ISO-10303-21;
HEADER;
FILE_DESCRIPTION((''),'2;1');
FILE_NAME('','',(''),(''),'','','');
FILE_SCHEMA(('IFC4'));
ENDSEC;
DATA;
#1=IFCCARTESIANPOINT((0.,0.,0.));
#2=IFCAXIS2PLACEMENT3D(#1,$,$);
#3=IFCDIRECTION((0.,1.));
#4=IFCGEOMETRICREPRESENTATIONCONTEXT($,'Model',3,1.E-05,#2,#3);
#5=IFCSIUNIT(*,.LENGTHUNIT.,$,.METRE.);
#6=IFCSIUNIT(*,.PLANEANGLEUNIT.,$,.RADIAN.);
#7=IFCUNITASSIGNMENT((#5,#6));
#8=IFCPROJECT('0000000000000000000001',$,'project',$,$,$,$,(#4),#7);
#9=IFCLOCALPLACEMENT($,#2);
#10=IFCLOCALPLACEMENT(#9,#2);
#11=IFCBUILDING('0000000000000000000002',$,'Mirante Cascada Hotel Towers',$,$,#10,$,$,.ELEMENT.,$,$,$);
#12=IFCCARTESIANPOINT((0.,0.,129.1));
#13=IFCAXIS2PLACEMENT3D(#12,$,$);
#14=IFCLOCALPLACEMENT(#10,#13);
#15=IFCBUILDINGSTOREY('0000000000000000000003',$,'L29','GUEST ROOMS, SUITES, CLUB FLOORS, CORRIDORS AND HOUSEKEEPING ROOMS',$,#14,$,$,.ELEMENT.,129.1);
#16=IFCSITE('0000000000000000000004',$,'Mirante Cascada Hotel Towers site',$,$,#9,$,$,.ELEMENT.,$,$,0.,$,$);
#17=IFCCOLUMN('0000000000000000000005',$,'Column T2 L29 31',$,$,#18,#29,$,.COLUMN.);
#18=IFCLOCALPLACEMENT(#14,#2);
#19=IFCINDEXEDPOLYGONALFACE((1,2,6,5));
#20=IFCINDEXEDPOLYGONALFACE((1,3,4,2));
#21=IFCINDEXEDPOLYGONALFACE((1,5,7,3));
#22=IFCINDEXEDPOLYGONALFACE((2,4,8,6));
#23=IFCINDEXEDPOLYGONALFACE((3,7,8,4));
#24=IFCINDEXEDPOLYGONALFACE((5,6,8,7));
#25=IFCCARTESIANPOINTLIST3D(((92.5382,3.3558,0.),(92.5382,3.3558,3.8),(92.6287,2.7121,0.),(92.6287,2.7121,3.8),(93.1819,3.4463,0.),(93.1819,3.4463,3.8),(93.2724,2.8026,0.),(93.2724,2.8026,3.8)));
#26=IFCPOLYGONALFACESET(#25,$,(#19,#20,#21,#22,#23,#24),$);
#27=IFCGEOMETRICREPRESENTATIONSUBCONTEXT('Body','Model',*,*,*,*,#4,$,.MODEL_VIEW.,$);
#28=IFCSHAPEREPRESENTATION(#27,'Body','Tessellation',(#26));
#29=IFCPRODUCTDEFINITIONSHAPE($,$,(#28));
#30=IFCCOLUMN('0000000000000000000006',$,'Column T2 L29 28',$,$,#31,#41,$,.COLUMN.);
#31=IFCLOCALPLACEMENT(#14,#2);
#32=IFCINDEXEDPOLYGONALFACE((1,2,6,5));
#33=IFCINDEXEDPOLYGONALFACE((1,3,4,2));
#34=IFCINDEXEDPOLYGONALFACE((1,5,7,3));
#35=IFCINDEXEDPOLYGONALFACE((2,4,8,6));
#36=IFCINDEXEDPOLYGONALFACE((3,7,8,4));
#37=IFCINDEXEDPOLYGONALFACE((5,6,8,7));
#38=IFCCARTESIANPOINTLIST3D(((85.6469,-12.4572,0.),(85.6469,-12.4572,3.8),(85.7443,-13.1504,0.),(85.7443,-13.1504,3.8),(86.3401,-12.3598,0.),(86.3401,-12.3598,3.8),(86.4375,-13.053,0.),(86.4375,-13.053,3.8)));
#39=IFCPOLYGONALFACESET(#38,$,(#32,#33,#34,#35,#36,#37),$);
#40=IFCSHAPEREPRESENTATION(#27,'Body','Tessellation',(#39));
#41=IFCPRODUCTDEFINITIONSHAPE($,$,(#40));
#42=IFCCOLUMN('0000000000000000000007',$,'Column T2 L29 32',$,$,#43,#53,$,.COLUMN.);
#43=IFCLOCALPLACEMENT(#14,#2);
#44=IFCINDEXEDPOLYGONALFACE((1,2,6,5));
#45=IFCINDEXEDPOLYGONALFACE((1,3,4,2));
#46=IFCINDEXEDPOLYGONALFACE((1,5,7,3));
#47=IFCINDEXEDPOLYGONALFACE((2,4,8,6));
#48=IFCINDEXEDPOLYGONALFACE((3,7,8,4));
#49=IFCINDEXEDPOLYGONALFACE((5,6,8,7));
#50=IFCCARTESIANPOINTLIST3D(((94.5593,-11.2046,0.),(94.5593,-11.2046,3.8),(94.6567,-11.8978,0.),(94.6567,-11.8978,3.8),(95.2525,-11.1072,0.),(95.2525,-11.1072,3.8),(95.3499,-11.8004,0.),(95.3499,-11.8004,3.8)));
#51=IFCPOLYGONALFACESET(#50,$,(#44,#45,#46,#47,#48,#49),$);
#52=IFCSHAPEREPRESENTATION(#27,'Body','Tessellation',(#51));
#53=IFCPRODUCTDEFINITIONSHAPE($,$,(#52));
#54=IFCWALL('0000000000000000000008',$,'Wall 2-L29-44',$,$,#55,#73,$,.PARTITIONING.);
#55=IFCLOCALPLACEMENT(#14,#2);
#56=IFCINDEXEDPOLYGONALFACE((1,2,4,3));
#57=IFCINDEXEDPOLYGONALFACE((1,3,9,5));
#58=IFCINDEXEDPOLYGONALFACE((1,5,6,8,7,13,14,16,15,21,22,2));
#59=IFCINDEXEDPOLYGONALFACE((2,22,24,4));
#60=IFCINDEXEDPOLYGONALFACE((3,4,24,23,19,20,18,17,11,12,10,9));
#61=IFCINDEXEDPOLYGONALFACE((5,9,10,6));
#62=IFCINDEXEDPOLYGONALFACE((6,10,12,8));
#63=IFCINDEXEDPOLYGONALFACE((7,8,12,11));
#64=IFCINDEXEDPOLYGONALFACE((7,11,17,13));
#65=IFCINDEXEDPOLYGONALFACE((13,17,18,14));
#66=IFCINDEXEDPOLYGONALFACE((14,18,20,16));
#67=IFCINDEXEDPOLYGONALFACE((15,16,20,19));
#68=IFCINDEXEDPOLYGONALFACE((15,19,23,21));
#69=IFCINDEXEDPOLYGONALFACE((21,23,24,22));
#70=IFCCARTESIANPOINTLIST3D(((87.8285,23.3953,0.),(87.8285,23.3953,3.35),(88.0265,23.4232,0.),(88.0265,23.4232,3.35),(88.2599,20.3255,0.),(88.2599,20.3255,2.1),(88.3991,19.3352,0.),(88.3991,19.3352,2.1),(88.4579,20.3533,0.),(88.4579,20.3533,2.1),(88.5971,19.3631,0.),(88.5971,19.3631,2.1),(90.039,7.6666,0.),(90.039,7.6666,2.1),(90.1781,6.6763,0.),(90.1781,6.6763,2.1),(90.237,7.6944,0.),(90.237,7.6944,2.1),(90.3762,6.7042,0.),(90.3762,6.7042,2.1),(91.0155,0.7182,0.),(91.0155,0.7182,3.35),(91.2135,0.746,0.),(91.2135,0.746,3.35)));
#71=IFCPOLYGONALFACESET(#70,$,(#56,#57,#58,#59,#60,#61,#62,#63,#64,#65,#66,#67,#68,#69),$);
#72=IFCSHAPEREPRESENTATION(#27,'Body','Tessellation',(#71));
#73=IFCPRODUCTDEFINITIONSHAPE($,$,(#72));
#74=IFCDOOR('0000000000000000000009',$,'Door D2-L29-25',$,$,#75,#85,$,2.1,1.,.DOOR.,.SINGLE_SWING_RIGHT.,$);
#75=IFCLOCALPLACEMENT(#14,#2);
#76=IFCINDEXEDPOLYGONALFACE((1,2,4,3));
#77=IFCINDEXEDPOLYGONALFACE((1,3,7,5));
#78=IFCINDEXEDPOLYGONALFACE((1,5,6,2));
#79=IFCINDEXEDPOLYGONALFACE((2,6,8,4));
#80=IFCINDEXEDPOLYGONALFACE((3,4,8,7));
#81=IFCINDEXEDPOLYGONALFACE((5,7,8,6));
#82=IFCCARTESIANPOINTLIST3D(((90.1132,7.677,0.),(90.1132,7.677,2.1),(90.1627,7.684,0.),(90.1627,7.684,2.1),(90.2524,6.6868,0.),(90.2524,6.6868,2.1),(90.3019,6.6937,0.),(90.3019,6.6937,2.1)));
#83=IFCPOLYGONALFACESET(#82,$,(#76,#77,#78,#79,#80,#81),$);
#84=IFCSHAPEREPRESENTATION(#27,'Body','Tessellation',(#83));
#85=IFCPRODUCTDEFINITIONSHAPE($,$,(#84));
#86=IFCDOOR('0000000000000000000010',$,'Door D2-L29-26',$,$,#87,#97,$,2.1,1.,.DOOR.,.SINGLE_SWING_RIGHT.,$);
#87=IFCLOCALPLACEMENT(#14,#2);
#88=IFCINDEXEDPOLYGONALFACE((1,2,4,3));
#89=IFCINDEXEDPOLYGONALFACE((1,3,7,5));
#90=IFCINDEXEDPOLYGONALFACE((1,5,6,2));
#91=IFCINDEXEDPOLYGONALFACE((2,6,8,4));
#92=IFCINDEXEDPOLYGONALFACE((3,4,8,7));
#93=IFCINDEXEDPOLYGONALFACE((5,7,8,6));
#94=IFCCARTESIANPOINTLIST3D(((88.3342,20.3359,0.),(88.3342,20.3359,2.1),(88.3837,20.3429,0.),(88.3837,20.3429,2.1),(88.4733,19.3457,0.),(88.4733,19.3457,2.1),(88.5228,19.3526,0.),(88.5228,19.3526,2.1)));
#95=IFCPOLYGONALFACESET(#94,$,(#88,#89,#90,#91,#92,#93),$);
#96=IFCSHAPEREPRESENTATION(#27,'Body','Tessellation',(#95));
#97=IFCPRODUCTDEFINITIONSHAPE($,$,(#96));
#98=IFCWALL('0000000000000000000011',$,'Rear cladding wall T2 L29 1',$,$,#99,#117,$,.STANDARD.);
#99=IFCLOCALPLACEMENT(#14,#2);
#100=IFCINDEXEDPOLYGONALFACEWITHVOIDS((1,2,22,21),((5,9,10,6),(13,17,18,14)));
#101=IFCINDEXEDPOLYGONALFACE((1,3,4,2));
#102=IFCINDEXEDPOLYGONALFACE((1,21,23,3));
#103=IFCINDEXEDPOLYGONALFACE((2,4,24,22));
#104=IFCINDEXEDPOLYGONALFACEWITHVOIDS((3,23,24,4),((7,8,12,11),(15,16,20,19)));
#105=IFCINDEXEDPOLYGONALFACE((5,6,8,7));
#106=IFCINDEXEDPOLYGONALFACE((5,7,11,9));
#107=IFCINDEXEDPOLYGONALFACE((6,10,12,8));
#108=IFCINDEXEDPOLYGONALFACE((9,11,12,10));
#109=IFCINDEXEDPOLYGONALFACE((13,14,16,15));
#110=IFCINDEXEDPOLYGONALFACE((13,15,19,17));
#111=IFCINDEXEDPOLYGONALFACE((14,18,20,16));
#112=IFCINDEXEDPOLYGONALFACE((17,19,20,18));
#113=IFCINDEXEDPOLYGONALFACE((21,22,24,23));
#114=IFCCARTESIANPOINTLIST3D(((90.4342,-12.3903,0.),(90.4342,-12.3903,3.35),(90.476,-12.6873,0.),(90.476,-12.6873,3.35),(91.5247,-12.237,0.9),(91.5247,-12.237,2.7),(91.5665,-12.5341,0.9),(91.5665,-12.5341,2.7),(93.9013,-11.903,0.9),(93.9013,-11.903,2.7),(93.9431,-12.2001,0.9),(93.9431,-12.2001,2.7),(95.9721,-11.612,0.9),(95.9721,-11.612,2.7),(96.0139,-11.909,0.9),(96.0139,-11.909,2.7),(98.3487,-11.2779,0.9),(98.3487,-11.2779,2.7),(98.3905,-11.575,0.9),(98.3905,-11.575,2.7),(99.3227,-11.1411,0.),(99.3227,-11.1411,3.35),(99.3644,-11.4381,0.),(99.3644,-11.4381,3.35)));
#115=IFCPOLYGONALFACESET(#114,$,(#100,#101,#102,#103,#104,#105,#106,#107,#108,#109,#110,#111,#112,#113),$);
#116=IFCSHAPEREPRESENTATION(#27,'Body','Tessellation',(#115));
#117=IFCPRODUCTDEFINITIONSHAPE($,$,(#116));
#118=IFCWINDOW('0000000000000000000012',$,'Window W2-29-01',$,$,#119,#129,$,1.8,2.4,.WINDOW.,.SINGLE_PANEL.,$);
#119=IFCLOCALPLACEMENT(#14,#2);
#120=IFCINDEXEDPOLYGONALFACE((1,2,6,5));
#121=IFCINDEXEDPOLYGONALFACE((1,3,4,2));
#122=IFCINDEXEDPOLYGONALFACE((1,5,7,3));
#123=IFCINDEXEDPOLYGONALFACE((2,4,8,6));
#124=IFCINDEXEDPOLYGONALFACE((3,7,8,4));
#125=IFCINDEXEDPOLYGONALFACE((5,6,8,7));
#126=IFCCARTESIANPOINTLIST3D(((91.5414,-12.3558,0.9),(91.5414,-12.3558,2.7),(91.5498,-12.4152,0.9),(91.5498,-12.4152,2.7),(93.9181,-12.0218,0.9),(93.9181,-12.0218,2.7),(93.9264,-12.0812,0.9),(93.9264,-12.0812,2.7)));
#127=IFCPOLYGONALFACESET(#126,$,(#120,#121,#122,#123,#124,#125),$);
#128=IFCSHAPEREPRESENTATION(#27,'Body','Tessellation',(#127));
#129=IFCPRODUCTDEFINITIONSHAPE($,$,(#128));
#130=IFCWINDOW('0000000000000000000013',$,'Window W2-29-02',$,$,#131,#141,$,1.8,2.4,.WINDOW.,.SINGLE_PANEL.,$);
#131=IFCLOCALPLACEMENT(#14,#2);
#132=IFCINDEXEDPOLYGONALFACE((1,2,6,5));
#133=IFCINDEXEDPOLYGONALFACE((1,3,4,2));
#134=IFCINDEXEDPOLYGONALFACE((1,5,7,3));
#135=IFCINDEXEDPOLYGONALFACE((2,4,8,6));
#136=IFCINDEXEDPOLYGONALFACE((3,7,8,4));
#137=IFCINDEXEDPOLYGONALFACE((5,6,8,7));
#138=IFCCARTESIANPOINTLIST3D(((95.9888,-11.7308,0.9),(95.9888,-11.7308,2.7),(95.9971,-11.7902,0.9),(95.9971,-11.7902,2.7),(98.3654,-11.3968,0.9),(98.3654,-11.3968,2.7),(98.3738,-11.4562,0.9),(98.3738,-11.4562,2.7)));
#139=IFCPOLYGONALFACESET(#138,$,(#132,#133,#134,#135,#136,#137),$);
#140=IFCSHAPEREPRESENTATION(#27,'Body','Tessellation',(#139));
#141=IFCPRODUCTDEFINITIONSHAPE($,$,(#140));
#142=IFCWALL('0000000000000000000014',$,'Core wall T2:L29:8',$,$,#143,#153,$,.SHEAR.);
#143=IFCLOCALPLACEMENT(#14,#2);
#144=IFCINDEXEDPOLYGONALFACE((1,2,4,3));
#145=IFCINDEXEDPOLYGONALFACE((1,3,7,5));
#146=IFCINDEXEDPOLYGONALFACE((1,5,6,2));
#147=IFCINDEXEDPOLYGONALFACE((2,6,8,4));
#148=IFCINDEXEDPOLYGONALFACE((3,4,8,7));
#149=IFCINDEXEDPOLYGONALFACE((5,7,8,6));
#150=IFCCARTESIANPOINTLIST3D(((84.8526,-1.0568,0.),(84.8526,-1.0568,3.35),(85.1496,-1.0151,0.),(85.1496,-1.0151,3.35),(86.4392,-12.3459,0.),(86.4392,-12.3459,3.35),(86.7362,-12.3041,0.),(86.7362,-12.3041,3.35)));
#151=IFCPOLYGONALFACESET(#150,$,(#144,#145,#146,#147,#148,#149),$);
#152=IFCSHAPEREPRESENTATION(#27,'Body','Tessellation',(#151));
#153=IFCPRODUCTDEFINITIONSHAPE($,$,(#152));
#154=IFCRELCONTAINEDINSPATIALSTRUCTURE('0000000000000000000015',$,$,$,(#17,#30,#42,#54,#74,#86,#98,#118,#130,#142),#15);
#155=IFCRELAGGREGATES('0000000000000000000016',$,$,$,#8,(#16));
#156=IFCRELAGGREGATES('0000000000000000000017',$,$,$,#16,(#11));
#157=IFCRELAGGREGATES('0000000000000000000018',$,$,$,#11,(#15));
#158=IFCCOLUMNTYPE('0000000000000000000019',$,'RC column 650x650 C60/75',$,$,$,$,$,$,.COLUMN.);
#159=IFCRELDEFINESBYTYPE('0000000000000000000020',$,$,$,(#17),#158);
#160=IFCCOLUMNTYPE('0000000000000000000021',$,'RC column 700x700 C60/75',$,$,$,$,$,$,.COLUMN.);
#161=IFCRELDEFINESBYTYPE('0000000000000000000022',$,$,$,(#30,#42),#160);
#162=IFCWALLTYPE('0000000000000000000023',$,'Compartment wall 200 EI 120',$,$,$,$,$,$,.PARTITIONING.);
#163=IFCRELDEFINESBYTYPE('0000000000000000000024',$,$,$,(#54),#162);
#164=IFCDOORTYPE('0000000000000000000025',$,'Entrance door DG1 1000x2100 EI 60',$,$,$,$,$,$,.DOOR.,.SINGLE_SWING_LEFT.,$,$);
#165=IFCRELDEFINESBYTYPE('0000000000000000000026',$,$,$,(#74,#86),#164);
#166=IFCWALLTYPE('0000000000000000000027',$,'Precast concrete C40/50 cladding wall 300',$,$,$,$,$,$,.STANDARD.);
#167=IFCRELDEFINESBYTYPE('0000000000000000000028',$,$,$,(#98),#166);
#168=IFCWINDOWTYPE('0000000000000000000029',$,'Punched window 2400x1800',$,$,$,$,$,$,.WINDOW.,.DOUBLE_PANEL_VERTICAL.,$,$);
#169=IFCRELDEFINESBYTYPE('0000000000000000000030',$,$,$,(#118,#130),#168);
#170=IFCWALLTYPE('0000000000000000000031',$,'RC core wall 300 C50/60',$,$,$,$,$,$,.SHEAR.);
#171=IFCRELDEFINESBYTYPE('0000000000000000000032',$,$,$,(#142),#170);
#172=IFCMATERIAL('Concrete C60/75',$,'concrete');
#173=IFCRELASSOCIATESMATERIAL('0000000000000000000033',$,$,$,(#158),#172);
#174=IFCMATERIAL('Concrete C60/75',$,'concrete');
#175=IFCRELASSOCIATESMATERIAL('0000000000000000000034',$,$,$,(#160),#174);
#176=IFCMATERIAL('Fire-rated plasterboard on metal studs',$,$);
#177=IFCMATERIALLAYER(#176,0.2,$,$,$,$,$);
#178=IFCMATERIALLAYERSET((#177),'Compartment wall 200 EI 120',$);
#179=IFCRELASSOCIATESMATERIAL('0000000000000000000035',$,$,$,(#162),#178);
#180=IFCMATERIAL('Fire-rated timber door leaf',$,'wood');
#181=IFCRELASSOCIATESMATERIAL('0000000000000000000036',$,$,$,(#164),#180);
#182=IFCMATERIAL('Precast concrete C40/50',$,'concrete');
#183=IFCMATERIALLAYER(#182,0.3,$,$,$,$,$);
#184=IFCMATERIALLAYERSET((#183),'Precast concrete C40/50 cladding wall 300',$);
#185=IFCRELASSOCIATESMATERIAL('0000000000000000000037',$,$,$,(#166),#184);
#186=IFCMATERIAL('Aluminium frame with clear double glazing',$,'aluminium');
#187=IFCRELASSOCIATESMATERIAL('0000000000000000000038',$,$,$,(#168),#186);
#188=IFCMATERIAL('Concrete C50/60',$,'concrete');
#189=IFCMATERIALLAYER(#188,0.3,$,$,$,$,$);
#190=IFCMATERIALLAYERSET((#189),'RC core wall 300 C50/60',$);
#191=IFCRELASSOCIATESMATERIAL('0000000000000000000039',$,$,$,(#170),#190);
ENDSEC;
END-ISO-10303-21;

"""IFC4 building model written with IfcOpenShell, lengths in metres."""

from ifc_helpers import new_model, si_unit, direction, frame, frame_2d, origin, origin_2d, place, context, subcontext, project, spatial, rectangle, extrude, material, layer, layer_set, material_profile, profile_set, type_object, element, fill, save


model = new_model("IFC4")

# Units and contexts
model_context = context("Model", 3, precision=1e-05, world=origin(), true_north=direction((0.0, 1.0)))
body_context = subcontext(model_context, "Body", "Model", "MODEL_VIEW")
ifc_project = project(units=[si_unit("LENGTHUNIT", "METRE"), si_unit("PLANEANGLEUNIT", "RADIAN")], contexts=[model_context])

# Site, building, storey
site_placement = place(None, origin())
site = spatial("IfcSite", under=ifc_project, at=site_placement, Name="Mirante Cascada Hotel Towers site", CompositionType="ELEMENT", RefElevation=0.0)
building_placement = place(site_placement, origin())
building = spatial("IfcBuilding", under=site, at=building_placement, Name="Mirante Cascada Hotel Towers", CompositionType="ELEMENT")
storey_placement = place(building_placement, frame((0.0, 0.0, 129.1)))
storey = spatial("IfcBuildingStorey", under=building, at=storey_placement, Name="L29", Description="GUEST ROOMS, SUITES, CLUB FLOORS, CORRIDORS AND HOUSEKEEPING ROOMS", CompositionType="ELEMENT", Elevation=129.1)

# Columns
ifc_material_1 = material(Name="Concrete C60/75", Category="concrete")
ifc_material_profile_1 = material_profile(ifc_material_1, rectangle(XDim=0.65, YDim=0.65, at=origin_2d()), Name="RC column 650x650 C60/75")
ifc_profile_set_1 = profile_set([ifc_material_profile_1], Name="Concrete C60/75")
column_type_1 = type_object("IfcColumnType", Name="RC column 650x650 C60/75", PredefinedType="COLUMN", material=ifc_profile_set_1)
column_placement = place(storey_placement, frame((92.9053, 3.0792, 0.0), z_axis=(0.0, 0.0, 1.0), x_axis=(0.990268, 0.139173, 0.0)))
element("IfcColumn", 1, at=column_placement, inside=storey, type_object=column_type_1, Name="Column T2 L29 31", PredefinedType="COLUMN", context=body_context, shape_type="SweptSolid", body=[
    extrude(rectangle(XDim=0.65, YDim=0.65, at=origin_2d()), origin(), (0.0, 0.0, 1.0), 3.8),
])
ifc_material_2 = material(Name="Concrete C60/75", Category="concrete")
ifc_material_profile_2 = material_profile(ifc_material_2, rectangle(XDim=0.7, YDim=0.7, at=origin_2d()), Name="RC column 700x700 C60/75")
ifc_profile_set_2 = profile_set([ifc_material_profile_2], Name="Concrete C60/75")
column_type_2 = type_object("IfcColumnType", Name="RC column 700x700 C60/75", PredefinedType="COLUMN", material=ifc_profile_set_2)
for number, where, z_axis, x_axis, name in (
    (2, (86.0422, -12.7551, 0.0), (0.0, 0.0, 1.0), (0.990268, 0.139173, 0.0), "Column T2 L29 28"),
    (3, (94.9546, -11.5025, 0.0), (0.0, 0.0, 1.0), (0.990268, 0.139173, 0.0), "Column T2 L29 32"),
):
    element("IfcColumn", number, at=place(storey_placement, frame(where, z_axis=z_axis, x_axis=x_axis)), inside=storey, type_object=column_type_2, Name=name, PredefinedType="COLUMN", context=body_context, shape_type="SweptSolid", body=[
        extrude(rectangle(XDim=0.7, YDim=0.7, at=origin_2d()), origin(), (0.0, 0.0, 1.0), 3.8),
    ])

# Wall, openings, doors
ifc_material_3 = material(Name="Fire-rated plasterboard on metal studs")
ifc_layer_1 = layer(ifc_material_3, 0.2)
ifc_layer_set_1 = layer_set([ifc_layer_1], Name="Compartment wall 200 EI 120")
wall_type_1 = type_object("IfcWallType", Name="Compartment wall 200 EI 120", PredefinedType="PARTITIONING", material=ifc_layer_set_1)
wall_1_placement = place(storey_placement, frame((91.1145, 0.7321, 0.0), z_axis=(0.0, 0.0, 1.0), x_axis=(-0.139171, 0.990268, 0.0)))
wall_1 = element("IfcWall", 4, at=wall_1_placement, inside=storey, type_object=wall_type_1, Name="Wall 2-L29-44", PredefinedType="PARTITIONING", context=body_context, shape_type="SweptSolid", body=[
    extrude(rectangle(XDim=22.9, YDim=0.2, at=frame_2d((11.45, 0.0))), origin(), (0.0, 0.0, 1.0), 3.35),
])
opening_1_placement = place(wall_1_placement, frame((6.0167, 0.0, 0.0)))
opening_1 = element("IfcOpeningElement", 5, at=opening_1_placement, cuts=wall_1, PredefinedType="OPENING", context=body_context, shape_type="SweptSolid", body=[
    extrude(rectangle(XDim=1.0, YDim=2.1, at=frame_2d((0.5, 1.05))), frame((0.0, 0.1, 0.0), z_axis=(0.0, -1.0, 0.0), x_axis=(1.0, 0.0, 0.0)), (0.0, 0.0, 1.0), 0.2),
])
opening_2_placement = place(wall_1_placement, frame((18.8, 0.0, 0.0)))
opening_2 = element("IfcOpeningElement", 6, at=opening_2_placement, cuts=wall_1, PredefinedType="OPENING", context=body_context, shape_type="SweptSolid", body=[
    extrude(rectangle(XDim=1.0, YDim=2.1, at=frame_2d((0.5, 1.05))), frame((0.0, 0.1, 0.0), z_axis=(0.0, -1.0, 0.0), x_axis=(1.0, 0.0, 0.0)), (0.0, 0.0, 1.0), 0.2),
])
ifc_material_4 = material(Name="Fire-rated timber door leaf", Category="wood")
door_type_1 = type_object("IfcDoorType", Name="Entrance door DG1 1000x2100 EI 60", OperationType="SINGLE_SWING_LEFT", PredefinedType="DOOR", material=ifc_material_4)
door_1_placement = place(opening_1_placement, frame((1.0, 0.0, 0.0), z_axis=(0.0, 0.0, 1.0), x_axis=(-1.0, 0.0, 0.0)))
door_1 = element("IfcDoor", 7, at=door_1_placement, inside=storey, type_object=door_type_1, Name="Door D2-L29-25", OperationType="SINGLE_SWING_RIGHT", OverallHeight=2.1, OverallWidth=1.0, PredefinedType="DOOR", context=body_context, shape_type="SweptSolid", body=[
    extrude(rectangle(XDim=1.0, YDim=2.1, at=frame_2d((0.5, 1.05))), frame((0.0, 0.025, 0.0), z_axis=(0.0, -1.0, 0.0), x_axis=(1.0, 0.0, 0.0)), (0.0, 0.0, 1.0), 0.05),
])
fill(opening_1, door_1)
door_2_placement = place(opening_2_placement, frame((1.0, 0.0, 0.0), z_axis=(0.0, 0.0, 1.0), x_axis=(-1.0, 0.0, 0.0)))
door_2 = element("IfcDoor", 8, at=door_2_placement, inside=storey, type_object=door_type_1, Name="Door D2-L29-26", OperationType="SINGLE_SWING_RIGHT", OverallHeight=2.1, OverallWidth=1.0, PredefinedType="DOOR", context=body_context, shape_type="SweptSolid", body=[
    extrude(rectangle(XDim=1.0, YDim=2.1, at=frame_2d((0.5, 1.05))), frame((0.0, 0.025, 0.0), z_axis=(0.0, -1.0, 0.0), x_axis=(1.0, 0.0, 0.0)), (0.0, 0.0, 1.0), 0.05),
])
fill(opening_2, door_2)

# Wall, openings, windows
ifc_material_5 = material(Name="Precast concrete C40/50", Category="concrete")
ifc_layer_2 = layer(ifc_material_5, 0.3)
ifc_layer_set_2 = layer_set([ifc_layer_2], Name="Precast concrete C40/50 cladding wall 300")
wall_type_2 = type_object("IfcWallType", Name="Precast concrete C40/50 cladding wall 300", PredefinedType="STANDARD", material=ifc_layer_set_2)
wall_2_placement = place(storey_placement, frame((90.4551, -12.5388, 0.0), z_axis=(0.0, 0.0, 1.0), x_axis=(0.990268, 0.139175, 0.0)))
wall_2 = element("IfcWall", 9, at=wall_2_placement, inside=storey, type_object=wall_type_2, Name="Rear cladding wall T2 L29 1", PredefinedType="STANDARD", context=body_context, shape_type="SweptSolid", body=[
    extrude(rectangle(XDim=8.9758, YDim=0.3, at=frame_2d((4.4879, 0.0))), origin(), (0.0, 0.0, 1.0), 3.35),
])
opening_3_placement = place(wall_2_placement, frame((1.1012, 0.0, 0.9)))
opening_3 = element("IfcOpeningElement", 10, at=opening_3_placement, cuts=wall_2, PredefinedType="OPENING", context=body_context, shape_type="SweptSolid", body=[
    extrude(rectangle(XDim=2.4, YDim=1.8, at=frame_2d((1.2, 0.9))), frame((0.0, 0.15, 0.0), z_axis=(0.0, -1.0, 0.0), x_axis=(1.0, 0.0, 0.0)), (0.0, 0.0, 1.0), 0.3),
])
opening_4_placement = place(wall_2_placement, frame((5.5923, 0.0, 0.9)))
opening_4 = element("IfcOpeningElement", 11, at=opening_4_placement, cuts=wall_2, PredefinedType="OPENING", context=body_context, shape_type="SweptSolid", body=[
    extrude(rectangle(XDim=2.4, YDim=1.8, at=frame_2d((1.2, 0.9))), frame((0.0, 0.15, 0.0), z_axis=(0.0, -1.0, 0.0), x_axis=(1.0, 0.0, 0.0)), (0.0, 0.0, 1.0), 0.3),
])
ifc_material_6 = material(Name="Aluminium frame with clear double glazing", Category="aluminium")
window_type = type_object("IfcWindowType", Name="Punched window 2400x1800", PartitioningType="DOUBLE_PANEL_VERTICAL", PredefinedType="WINDOW", material=ifc_material_6)
window_1_placement = place(opening_3_placement, origin())
window_1 = element("IfcWindow", 12, at=window_1_placement, inside=storey, type_object=window_type, Name="Window W2-29-01", OverallHeight=1.8, OverallWidth=2.4, PartitioningType="SINGLE_PANEL", PredefinedType="WINDOW", context=body_context, shape_type="SweptSolid", body=[
    extrude(rectangle(XDim=2.4, YDim=1.8, at=frame_2d((1.2, 0.9))), frame((0.0, 0.03, 0.0), z_axis=(0.0, -1.0, 0.0), x_axis=(1.0, 0.0, 0.0)), (0.0, 0.0, 1.0), 0.06),
])
fill(opening_3, window_1)
window_2_placement = place(opening_4_placement, origin())
window_2 = element("IfcWindow", 13, at=window_2_placement, inside=storey, type_object=window_type, Name="Window W2-29-02", OverallHeight=1.8, OverallWidth=2.4, PartitioningType="SINGLE_PANEL", PredefinedType="WINDOW", context=body_context, shape_type="SweptSolid", body=[
    extrude(rectangle(XDim=2.4, YDim=1.8, at=frame_2d((1.2, 0.9))), frame((0.0, 0.03, 0.0), z_axis=(0.0, -1.0, 0.0), x_axis=(1.0, 0.0, 0.0)), (0.0, 0.0, 1.0), 0.06),
])
fill(opening_4, window_2)

# Wall
ifc_material_7 = material(Name="Concrete C50/60", Category="concrete")
ifc_layer_3 = layer(ifc_material_7, 0.3)
ifc_layer_set_3 = layer_set([ifc_layer_3], Name="RC core wall 300 C50/60")
wall_type_3 = type_object("IfcWallType", Name="RC core wall 300 C50/60", PredefinedType="SHEAR", material=ifc_layer_set_3)
wall_3_placement = place(storey_placement, frame((86.5877, -12.325, 0.0), z_axis=(0.0, 0.0, 1.0), x_axis=(-0.139175, 0.990268, 0.0)))
element("IfcWall", 14, at=wall_3_placement, inside=storey, type_object=wall_type_3, Name="Core wall T2:L29:8", PredefinedType="SHEAR", context=body_context, shape_type="SweptSolid", body=[
    extrude(rectangle(XDim=11.4, YDim=0.3, at=frame_2d((5.7, 0.0))), origin(), (0.0, 0.0, 1.0), 3.35),
])

save(model, "model.ifc")
